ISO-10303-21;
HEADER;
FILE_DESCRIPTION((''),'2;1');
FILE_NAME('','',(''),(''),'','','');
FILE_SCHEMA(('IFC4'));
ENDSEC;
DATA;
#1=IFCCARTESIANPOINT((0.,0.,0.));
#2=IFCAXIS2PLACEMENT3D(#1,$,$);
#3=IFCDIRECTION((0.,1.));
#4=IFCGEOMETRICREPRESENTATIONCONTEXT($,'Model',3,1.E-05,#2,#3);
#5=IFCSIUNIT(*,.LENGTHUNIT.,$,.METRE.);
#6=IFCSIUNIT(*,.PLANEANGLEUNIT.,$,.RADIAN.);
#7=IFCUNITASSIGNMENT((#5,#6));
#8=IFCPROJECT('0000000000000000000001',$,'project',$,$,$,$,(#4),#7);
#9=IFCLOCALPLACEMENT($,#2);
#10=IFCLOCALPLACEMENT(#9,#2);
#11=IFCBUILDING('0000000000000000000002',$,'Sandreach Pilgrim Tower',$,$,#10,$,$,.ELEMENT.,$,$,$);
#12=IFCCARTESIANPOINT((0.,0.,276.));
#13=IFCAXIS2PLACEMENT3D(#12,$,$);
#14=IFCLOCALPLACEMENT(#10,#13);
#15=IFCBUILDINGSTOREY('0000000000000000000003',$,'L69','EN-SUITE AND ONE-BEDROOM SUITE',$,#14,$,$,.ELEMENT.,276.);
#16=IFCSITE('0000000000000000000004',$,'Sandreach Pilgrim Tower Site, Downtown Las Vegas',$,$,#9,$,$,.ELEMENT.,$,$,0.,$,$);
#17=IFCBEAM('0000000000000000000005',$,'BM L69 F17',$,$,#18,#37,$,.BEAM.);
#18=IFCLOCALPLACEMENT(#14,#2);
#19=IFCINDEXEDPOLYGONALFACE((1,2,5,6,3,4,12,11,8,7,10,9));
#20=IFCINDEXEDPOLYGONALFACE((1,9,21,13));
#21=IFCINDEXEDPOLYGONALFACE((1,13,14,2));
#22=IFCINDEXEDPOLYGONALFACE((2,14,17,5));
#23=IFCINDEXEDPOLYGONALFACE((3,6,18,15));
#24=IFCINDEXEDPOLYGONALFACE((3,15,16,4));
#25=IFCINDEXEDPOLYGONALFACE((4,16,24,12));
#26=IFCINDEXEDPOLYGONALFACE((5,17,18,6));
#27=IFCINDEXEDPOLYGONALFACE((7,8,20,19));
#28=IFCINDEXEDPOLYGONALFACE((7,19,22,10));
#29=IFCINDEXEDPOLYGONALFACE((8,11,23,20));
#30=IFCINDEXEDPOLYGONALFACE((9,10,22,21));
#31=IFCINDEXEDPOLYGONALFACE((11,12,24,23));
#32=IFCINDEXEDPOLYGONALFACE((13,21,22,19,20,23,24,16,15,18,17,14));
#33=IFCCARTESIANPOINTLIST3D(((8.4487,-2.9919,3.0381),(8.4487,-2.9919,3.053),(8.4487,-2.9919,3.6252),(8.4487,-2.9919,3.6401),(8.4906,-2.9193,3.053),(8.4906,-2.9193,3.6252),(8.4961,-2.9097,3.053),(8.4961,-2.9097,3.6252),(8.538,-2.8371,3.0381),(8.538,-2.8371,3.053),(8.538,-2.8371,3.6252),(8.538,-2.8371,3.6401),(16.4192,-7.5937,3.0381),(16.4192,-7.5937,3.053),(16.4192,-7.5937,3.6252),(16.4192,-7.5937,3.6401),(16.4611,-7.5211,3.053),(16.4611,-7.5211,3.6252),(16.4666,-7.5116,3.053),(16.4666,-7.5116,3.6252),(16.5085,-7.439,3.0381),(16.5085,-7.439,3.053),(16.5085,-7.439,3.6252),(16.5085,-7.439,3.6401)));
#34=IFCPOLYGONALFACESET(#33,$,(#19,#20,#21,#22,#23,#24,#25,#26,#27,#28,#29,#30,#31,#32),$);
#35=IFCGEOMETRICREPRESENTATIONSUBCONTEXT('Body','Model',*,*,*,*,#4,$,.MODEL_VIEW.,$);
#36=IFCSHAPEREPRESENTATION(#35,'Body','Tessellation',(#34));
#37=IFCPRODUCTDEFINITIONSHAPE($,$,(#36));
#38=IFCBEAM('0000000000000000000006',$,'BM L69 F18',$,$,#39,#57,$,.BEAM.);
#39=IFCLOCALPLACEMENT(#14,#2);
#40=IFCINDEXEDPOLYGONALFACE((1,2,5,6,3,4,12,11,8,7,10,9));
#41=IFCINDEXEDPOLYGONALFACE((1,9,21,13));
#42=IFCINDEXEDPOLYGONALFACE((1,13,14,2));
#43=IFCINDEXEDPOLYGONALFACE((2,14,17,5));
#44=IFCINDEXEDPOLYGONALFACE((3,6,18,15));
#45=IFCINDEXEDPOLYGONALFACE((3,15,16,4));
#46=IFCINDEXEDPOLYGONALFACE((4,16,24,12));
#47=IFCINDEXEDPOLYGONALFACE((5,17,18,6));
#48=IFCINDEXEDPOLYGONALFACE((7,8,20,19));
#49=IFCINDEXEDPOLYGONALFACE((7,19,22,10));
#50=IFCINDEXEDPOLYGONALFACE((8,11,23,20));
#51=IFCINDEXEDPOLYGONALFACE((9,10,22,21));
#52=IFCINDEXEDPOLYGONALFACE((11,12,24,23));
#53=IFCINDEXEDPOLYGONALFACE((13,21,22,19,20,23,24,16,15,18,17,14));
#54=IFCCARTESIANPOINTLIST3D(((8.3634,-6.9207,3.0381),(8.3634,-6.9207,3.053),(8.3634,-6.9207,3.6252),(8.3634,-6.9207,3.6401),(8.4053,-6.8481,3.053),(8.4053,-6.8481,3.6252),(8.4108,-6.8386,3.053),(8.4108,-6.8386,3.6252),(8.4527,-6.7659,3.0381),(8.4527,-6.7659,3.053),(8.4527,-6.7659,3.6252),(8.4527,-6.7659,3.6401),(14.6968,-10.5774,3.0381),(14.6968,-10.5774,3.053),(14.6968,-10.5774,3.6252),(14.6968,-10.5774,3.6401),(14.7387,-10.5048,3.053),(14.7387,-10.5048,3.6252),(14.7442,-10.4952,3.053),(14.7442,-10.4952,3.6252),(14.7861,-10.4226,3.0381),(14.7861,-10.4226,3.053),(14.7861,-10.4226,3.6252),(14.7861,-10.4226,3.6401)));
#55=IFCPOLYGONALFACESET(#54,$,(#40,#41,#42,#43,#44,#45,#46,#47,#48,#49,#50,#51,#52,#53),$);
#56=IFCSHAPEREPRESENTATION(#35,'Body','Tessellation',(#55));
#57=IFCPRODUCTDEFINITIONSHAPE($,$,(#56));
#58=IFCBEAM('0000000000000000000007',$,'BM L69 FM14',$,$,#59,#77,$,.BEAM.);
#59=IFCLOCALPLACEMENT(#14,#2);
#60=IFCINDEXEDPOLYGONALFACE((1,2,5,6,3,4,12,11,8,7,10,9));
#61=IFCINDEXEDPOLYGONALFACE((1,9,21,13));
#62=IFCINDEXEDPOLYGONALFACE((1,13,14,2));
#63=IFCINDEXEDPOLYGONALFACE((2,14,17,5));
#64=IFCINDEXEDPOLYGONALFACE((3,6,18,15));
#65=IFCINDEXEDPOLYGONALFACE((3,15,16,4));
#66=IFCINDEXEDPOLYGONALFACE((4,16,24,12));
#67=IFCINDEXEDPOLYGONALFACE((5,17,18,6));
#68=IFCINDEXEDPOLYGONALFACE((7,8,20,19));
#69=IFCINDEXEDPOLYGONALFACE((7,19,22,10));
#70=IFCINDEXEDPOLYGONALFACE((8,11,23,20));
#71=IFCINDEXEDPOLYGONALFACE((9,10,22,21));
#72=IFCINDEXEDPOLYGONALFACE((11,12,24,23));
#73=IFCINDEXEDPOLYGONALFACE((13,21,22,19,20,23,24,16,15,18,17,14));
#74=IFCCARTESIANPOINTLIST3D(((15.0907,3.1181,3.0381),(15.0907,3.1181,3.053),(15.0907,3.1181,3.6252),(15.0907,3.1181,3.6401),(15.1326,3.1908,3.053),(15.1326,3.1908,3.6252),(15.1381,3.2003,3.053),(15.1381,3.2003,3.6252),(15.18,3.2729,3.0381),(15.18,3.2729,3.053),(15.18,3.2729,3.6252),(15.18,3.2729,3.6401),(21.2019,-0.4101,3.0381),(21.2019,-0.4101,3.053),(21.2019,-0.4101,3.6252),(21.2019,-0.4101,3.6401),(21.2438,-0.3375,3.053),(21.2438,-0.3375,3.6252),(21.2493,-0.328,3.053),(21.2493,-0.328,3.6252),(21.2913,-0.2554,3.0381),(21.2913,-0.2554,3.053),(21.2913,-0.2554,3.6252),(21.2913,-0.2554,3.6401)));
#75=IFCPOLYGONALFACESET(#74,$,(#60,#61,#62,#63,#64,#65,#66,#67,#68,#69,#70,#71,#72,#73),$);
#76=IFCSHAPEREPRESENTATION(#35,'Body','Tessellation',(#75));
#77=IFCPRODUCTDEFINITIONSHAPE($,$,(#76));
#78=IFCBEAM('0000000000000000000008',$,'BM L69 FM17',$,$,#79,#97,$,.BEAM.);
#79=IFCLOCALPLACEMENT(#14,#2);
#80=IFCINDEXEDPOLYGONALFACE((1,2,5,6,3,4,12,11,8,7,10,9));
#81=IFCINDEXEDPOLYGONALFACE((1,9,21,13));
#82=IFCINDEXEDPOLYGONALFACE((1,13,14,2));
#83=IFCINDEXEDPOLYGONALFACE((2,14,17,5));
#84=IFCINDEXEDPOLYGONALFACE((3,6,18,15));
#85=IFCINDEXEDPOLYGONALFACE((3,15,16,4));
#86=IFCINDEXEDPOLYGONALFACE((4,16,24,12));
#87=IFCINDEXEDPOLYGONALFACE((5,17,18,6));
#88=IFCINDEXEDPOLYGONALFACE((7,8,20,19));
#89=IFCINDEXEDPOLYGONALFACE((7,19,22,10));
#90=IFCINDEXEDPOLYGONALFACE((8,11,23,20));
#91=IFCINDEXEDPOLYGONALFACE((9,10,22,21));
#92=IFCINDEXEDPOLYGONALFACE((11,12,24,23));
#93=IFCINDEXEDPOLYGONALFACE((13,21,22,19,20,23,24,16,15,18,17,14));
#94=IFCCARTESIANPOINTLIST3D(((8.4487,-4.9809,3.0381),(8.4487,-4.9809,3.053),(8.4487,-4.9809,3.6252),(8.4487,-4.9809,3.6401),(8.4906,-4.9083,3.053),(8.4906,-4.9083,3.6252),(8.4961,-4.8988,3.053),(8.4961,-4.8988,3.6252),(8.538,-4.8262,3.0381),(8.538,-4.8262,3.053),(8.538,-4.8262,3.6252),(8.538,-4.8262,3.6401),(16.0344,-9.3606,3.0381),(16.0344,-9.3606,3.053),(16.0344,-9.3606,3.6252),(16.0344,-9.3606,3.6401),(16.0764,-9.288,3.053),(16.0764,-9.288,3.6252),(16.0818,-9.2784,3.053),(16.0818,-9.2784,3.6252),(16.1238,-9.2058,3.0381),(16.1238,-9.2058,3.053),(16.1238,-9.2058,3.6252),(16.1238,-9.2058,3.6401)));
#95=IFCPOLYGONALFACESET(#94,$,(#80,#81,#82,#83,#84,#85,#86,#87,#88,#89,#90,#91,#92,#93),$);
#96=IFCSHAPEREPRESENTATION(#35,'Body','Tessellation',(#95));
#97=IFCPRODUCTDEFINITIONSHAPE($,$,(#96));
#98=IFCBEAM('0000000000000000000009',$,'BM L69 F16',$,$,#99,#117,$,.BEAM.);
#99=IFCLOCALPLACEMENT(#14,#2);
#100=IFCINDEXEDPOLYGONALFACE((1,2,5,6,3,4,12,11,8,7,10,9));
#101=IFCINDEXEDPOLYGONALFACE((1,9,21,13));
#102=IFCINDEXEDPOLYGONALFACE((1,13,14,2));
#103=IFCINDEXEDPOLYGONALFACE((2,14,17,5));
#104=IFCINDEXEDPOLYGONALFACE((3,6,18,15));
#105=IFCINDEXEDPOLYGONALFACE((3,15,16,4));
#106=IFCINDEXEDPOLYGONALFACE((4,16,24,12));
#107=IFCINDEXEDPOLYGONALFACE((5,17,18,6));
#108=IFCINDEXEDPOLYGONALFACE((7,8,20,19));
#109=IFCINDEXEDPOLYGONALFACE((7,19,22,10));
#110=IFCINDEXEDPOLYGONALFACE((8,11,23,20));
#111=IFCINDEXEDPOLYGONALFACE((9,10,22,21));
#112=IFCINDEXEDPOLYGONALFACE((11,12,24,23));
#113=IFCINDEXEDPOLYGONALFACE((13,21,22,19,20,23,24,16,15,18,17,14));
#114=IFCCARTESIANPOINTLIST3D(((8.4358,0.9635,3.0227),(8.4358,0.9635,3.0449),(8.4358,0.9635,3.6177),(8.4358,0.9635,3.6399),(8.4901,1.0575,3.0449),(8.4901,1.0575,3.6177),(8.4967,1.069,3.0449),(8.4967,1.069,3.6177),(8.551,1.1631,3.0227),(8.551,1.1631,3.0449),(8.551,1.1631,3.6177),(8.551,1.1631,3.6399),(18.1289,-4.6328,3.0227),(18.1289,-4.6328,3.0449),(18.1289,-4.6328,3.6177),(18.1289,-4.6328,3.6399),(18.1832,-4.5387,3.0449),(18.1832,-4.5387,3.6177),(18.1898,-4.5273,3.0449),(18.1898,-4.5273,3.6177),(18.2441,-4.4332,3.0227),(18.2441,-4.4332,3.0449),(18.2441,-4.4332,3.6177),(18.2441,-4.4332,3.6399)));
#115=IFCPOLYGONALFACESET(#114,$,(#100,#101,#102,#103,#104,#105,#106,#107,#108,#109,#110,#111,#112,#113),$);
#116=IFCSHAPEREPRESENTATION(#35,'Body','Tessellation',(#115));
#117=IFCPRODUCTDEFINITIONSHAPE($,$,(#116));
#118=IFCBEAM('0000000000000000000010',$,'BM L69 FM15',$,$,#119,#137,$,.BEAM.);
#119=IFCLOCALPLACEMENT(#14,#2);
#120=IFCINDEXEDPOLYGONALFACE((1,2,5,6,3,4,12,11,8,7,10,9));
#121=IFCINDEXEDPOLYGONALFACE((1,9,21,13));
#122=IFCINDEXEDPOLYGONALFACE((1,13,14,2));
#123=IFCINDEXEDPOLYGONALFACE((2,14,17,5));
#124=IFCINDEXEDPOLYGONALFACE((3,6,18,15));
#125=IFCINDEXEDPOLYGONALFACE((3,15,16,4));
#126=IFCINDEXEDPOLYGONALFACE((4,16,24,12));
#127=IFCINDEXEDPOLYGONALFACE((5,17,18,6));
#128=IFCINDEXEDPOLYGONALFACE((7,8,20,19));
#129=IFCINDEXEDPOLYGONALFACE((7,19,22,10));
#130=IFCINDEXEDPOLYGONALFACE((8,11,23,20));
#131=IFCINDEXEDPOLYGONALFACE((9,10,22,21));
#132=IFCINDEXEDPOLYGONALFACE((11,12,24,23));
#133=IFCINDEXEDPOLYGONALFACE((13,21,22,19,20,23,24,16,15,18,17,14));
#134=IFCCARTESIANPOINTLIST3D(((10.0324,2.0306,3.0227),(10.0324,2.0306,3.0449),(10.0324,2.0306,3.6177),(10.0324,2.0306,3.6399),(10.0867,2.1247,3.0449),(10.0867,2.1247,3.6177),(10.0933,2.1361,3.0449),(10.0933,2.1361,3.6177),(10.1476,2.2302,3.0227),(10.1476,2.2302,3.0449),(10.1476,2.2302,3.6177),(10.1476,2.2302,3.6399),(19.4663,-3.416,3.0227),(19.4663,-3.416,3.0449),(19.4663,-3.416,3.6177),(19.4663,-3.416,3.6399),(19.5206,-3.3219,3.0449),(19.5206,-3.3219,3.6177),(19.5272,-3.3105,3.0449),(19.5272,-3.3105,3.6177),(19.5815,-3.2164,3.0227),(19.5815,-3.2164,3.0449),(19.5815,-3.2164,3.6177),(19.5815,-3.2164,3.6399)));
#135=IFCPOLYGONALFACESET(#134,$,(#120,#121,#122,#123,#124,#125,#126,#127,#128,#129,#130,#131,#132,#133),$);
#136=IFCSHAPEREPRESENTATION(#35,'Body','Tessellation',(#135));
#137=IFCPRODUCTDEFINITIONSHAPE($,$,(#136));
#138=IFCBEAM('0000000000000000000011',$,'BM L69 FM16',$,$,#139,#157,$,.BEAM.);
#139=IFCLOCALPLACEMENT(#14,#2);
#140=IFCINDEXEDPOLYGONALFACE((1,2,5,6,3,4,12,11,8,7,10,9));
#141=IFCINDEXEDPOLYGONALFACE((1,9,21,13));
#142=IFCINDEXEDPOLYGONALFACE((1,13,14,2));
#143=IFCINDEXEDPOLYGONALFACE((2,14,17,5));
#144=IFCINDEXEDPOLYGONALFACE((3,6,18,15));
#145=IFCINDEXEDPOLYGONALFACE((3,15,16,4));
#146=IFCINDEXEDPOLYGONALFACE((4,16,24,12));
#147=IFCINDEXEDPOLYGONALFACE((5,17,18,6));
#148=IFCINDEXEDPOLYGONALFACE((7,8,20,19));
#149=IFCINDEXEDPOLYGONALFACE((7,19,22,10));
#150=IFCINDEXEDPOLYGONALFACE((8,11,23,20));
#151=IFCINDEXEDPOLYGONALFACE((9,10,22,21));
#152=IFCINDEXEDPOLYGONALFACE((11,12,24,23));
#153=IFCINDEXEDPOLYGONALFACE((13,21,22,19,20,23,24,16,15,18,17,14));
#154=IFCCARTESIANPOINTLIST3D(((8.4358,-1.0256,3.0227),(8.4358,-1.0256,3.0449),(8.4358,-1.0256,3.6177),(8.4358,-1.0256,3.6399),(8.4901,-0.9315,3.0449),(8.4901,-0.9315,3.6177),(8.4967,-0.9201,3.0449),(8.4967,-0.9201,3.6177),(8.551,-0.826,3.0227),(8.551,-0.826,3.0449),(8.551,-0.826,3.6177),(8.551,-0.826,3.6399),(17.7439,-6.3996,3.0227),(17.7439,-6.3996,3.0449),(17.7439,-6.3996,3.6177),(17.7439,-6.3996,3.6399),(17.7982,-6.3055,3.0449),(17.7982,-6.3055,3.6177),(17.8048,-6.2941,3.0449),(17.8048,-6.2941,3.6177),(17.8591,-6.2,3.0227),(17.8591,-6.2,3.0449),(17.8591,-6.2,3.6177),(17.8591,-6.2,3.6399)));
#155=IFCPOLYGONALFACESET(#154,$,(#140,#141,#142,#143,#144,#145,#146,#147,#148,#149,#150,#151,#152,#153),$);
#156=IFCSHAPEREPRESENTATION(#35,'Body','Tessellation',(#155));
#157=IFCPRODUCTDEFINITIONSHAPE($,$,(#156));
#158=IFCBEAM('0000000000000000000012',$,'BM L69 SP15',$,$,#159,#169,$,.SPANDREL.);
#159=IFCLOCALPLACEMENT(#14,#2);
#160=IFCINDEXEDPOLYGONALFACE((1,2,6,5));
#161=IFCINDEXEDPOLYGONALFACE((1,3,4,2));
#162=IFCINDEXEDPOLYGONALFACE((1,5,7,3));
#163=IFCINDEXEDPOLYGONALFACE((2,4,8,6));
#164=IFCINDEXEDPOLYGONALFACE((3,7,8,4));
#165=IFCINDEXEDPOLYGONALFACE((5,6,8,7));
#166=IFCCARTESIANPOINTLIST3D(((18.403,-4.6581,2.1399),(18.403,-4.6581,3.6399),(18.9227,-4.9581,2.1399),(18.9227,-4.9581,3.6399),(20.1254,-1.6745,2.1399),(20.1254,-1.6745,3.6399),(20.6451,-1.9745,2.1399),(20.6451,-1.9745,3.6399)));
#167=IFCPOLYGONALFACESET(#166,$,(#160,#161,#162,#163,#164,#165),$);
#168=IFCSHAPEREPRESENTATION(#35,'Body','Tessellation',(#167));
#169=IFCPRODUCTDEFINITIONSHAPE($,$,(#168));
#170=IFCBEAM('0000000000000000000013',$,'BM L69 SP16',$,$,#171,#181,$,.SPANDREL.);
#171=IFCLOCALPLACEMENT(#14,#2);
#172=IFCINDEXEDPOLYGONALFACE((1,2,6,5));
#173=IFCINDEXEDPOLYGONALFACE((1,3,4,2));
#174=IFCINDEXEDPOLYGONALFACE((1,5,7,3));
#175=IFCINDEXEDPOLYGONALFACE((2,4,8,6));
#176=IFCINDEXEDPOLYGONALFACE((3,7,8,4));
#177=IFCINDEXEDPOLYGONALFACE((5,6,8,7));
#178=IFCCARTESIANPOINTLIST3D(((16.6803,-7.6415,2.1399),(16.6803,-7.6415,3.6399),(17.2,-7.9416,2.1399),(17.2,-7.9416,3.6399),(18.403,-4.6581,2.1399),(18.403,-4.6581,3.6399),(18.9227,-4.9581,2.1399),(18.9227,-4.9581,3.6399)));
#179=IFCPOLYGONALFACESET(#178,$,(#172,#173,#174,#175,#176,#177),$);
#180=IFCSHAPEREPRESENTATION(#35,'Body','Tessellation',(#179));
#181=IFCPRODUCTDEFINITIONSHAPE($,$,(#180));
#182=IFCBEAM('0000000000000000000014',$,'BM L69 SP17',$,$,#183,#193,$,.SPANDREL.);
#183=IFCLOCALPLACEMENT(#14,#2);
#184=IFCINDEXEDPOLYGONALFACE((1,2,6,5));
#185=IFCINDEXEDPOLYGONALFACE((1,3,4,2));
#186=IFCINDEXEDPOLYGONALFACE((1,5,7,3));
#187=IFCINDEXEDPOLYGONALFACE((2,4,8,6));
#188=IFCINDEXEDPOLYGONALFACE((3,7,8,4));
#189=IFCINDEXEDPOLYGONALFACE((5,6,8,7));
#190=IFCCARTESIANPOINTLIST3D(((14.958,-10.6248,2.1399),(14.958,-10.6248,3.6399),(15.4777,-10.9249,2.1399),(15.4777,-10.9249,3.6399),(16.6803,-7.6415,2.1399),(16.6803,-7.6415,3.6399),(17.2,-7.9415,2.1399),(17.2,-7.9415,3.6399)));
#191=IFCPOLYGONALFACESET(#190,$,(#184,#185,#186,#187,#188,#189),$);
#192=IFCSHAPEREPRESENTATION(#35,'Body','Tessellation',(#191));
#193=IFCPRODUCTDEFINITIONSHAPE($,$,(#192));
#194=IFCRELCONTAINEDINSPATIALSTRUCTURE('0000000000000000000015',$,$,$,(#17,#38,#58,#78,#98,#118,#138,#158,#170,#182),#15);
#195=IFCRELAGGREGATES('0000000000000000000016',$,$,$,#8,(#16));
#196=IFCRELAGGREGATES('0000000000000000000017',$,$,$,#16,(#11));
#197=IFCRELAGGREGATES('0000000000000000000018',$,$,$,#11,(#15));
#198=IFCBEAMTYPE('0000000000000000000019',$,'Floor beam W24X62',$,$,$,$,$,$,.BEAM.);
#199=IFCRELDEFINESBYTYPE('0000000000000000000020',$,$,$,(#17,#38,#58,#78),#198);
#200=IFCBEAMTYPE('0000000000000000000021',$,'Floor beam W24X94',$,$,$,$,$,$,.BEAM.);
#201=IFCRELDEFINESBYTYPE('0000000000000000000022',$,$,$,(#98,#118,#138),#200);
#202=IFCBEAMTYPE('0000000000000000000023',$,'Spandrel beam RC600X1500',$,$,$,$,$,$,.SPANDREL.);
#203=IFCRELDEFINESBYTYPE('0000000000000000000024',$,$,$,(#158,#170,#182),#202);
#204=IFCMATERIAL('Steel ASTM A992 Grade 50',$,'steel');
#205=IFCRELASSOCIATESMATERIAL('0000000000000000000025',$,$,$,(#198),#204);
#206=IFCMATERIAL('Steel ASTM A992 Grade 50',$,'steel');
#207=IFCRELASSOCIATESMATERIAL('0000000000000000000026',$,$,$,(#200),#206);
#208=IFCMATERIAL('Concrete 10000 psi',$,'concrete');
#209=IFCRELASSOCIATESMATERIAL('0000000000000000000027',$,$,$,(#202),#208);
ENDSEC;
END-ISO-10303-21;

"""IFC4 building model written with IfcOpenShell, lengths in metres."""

from ifc_helpers import new_model, si_unit, direction, frame, origin, origin_2d, place, context, subcontext, project, spatial, rectangle, i_section, extrude, material, material_profile, profile_set, type_object, element, save


model = new_model("IFC4")

# Units and contexts
model_context = context("Model", 3, precision=1e-05, world=origin(), true_north=direction((0.0, 1.0)))
body_context = subcontext(model_context, "Body", "Model", "MODEL_VIEW")
ifc_project = project(units=[si_unit("LENGTHUNIT", "METRE"), si_unit("PLANEANGLEUNIT", "RADIAN")], contexts=[model_context])

# Site, building, storey
site_placement = place(None, origin())
site = spatial("IfcSite", under=ifc_project, at=site_placement, Name="Sandreach Pilgrim Tower Site, Downtown Las Vegas", CompositionType="ELEMENT", RefElevation=0.0)
building_placement = place(site_placement, origin())
building = spatial("IfcBuilding", under=site, at=building_placement, Name="Sandreach Pilgrim Tower", CompositionType="ELEMENT")
storey_placement = place(building_placement, frame((0.0, 0.0, 276.0)))
storey = spatial("IfcBuildingStorey", under=building, at=storey_placement, Name="L69", Description="EN-SUITE AND ONE-BEDROOM SUITE", CompositionType="ELEMENT", Elevation=276.0)

# Beams
ifc_material_1 = material(Name="Steel ASTM A992 Grade 50", Category="steel")
ifc_material_profile_1 = material_profile(ifc_material_1, i_section(OverallWidth=0.1787, OverallDepth=0.6021, WebThickness=0.011, FlangeThickness=0.0149, at=origin_2d()), Name="W24X62")
ifc_profile_set_1 = profile_set([ifc_material_profile_1], Name="Steel ASTM A992 Grade 50")
beam_type_1 = type_object("IfcBeamType", Name="Floor beam W24X62", PredefinedType="BEAM", material=ifc_profile_set_1)
beam_1_placement = place(storey_placement, frame((16.4639, -7.5164, 3.3391), z_axis=(-0.866023, 0.500005, 0.0), x_axis=(-0.500005, -0.866023, 0.0)))
element("IfcBeam", 1, at=beam_1_placement, inside=storey, type_object=beam_type_1, Name="BM L69 F17", PredefinedType="BEAM", context=body_context, shape_type="SweptSolid", body=[
    extrude(i_section(OverallWidth=0.1787, OverallDepth=0.6021, WebThickness=0.011, FlangeThickness=0.0149, at=origin_2d()), origin(), (0.0, 0.0, 1.0), 9.2036),
])
beam_2_placement = place(storey_placement, frame((14.7415, -10.5, 3.3391), z_axis=(-0.86602, 0.500009, 0.0), x_axis=(-0.500009, -0.86602, 0.0)))
element("IfcBeam", 2, at=beam_2_placement, inside=storey, type_object=beam_type_1, Name="BM L69 F18", PredefinedType="BEAM", context=body_context, shape_type="SweptSolid", body=[
    extrude(i_section(OverallWidth=0.1787, OverallDepth=0.6021, WebThickness=0.011, FlangeThickness=0.0149, at=origin_2d()), origin(), (0.0, 0.0, 1.0), 7.3132),
])
beam_3_placement = place(storey_placement, frame((21.2466, -0.3328, 3.3391), z_axis=(-0.866029, 0.499994, 0.0), x_axis=(-0.499994, -0.866029, 0.0)))
element("IfcBeam", 3, at=beam_3_placement, inside=storey, type_object=beam_type_1, Name="BM L69 FM14", PredefinedType="BEAM", context=body_context, shape_type="SweptSolid", body=[
    extrude(i_section(OverallWidth=0.1787, OverallDepth=0.6021, WebThickness=0.011, FlangeThickness=0.0149, at=origin_2d()), origin(), (0.0, 0.0, 1.0), 7.0566),
])
beam_4_placement = place(storey_placement, frame((16.0791, -9.2832, 3.3391), z_axis=(-0.866024, 0.500003, 0.0), x_axis=(-0.500003, -0.866024, 0.0)))
element("IfcBeam", 4, at=beam_4_placement, inside=storey, type_object=beam_type_1, Name="BM L69 FM17", PredefinedType="BEAM", context=body_context, shape_type="SweptSolid", body=[
    extrude(i_section(OverallWidth=0.1787, OverallDepth=0.6021, WebThickness=0.011, FlangeThickness=0.0149, at=origin_2d()), origin(), (0.0, 0.0, 1.0), 8.7593),
])
ifc_material_2 = material(Name="Steel ASTM A992 Grade 50", Category="steel")
ifc_material_profile_2 = material_profile(ifc_material_2, i_section(OverallWidth=0.2305, OverallDepth=0.6172, WebThickness=0.0132, FlangeThickness=0.0222, at=origin_2d()), Name="W24X94")
ifc_profile_set_2 = profile_set([ifc_material_profile_2], Name="Steel ASTM A992 Grade 50")
beam_type_2 = type_object("IfcBeamType", Name="Floor beam W24X94", PredefinedType="BEAM", material=ifc_profile_set_2)
beam_5_placement = place(storey_placement, frame((18.1865, -4.533, 3.3313), z_axis=(-0.86603, 0.499991, 0.0), x_axis=(-0.499991, -0.86603, 0.0)))
element("IfcBeam", 5, at=beam_5_placement, inside=storey, type_object=beam_type_2, Name="BM L69 F16", PredefinedType="BEAM", context=body_context, shape_type="SweptSolid", body=[
    extrude(i_section(OverallWidth=0.2305, OverallDepth=0.6172, WebThickness=0.0132, FlangeThickness=0.0222, at=origin_2d()), origin(), (0.0, 0.0, 1.0), 11.1926),
])
beam_6_placement = place(storey_placement, frame((19.5239, -3.3162, 3.3313), z_axis=(-0.866029, 0.499993, 0.0), x_axis=(-0.499993, -0.866029, 0.0)))
element("IfcBeam", 6, at=beam_6_placement, inside=storey, type_object=beam_type_2, Name="BM L69 FM15", PredefinedType="BEAM", context=body_context, shape_type="SweptSolid", body=[
    extrude(i_section(OverallWidth=0.2305, OverallDepth=0.6172, WebThickness=0.0132, FlangeThickness=0.0222, at=origin_2d()), origin(), (0.0, 0.0, 1.0), 10.8933),
])
beam_7_placement = place(storey_placement, frame((17.8015, -6.2998, 3.3313), z_axis=(-0.866026, 0.499999, 0.0), x_axis=(-0.499999, -0.866026, 0.0)))
element("IfcBeam", 7, at=beam_7_placement, inside=storey, type_object=beam_type_2, Name="BM L69 FM16", PredefinedType="BEAM", context=body_context, shape_type="SweptSolid", body=[
    extrude(i_section(OverallWidth=0.2305, OverallDepth=0.6172, WebThickness=0.0132, FlangeThickness=0.0222, at=origin_2d()), origin(), (0.0, 0.0, 1.0), 10.748),
])
ifc_material_3 = material(Name="Concrete 10000 psi", Category="concrete")
ifc_material_profile_3 = material_profile(ifc_material_3, rectangle(XDim=0.6001, YDim=1.5, at=origin_2d()), Name="RC600X1500")
ifc_profile_set_3 = profile_set([ifc_material_profile_3], Name="Concrete 10000 psi")
beam_type_3 = type_object("IfcBeamType", Name="Spandrel beam RC600X1500", PredefinedType="SPANDREL", material=ifc_profile_set_3)
for number, where, z_axis, x_axis, name in (
    (8, (20.3853, -1.8245, 2.8899), (-0.499958, -0.86605, 0.0), (0.86605, -0.499958, 0.0), "BM L69 SP15"),
    (9, (18.6628, -4.8081, 2.8899), (-0.500041, -0.866001, 0.0), (0.866001, -0.500041, 0.0), "BM L69 SP16"),
):
    element("IfcBeam", number, at=place(storey_placement, frame(where, z_axis=z_axis, x_axis=x_axis)), inside=storey, type_object=beam_type_3, Name=name, PredefinedType="SPANDREL", context=body_context, shape_type="SweptSolid", body=[
        extrude(rectangle(XDim=0.6001, YDim=1.5, at=origin_2d()), origin(), (0.0, 0.0, 1.0), 3.4451),
    ])
beam_8_placement = place(storey_placement, frame((16.9402, -7.7915, 2.8899), z_axis=(-0.499988, -0.866032, 0.0), x_axis=(0.866032, -0.499988, 0.0)))
element("IfcBeam", 10, at=beam_8_placement, inside=storey, type_object=beam_type_3, Name="BM L69 SP17", PredefinedType="SPANDREL", context=body_context, shape_type="SweptSolid", body=[
    extrude(rectangle(XDim=0.6001, YDim=1.5, at=origin_2d()), origin(), (0.0, 0.0, 1.0), 3.4448),
])

save(model, "model.ifc")
